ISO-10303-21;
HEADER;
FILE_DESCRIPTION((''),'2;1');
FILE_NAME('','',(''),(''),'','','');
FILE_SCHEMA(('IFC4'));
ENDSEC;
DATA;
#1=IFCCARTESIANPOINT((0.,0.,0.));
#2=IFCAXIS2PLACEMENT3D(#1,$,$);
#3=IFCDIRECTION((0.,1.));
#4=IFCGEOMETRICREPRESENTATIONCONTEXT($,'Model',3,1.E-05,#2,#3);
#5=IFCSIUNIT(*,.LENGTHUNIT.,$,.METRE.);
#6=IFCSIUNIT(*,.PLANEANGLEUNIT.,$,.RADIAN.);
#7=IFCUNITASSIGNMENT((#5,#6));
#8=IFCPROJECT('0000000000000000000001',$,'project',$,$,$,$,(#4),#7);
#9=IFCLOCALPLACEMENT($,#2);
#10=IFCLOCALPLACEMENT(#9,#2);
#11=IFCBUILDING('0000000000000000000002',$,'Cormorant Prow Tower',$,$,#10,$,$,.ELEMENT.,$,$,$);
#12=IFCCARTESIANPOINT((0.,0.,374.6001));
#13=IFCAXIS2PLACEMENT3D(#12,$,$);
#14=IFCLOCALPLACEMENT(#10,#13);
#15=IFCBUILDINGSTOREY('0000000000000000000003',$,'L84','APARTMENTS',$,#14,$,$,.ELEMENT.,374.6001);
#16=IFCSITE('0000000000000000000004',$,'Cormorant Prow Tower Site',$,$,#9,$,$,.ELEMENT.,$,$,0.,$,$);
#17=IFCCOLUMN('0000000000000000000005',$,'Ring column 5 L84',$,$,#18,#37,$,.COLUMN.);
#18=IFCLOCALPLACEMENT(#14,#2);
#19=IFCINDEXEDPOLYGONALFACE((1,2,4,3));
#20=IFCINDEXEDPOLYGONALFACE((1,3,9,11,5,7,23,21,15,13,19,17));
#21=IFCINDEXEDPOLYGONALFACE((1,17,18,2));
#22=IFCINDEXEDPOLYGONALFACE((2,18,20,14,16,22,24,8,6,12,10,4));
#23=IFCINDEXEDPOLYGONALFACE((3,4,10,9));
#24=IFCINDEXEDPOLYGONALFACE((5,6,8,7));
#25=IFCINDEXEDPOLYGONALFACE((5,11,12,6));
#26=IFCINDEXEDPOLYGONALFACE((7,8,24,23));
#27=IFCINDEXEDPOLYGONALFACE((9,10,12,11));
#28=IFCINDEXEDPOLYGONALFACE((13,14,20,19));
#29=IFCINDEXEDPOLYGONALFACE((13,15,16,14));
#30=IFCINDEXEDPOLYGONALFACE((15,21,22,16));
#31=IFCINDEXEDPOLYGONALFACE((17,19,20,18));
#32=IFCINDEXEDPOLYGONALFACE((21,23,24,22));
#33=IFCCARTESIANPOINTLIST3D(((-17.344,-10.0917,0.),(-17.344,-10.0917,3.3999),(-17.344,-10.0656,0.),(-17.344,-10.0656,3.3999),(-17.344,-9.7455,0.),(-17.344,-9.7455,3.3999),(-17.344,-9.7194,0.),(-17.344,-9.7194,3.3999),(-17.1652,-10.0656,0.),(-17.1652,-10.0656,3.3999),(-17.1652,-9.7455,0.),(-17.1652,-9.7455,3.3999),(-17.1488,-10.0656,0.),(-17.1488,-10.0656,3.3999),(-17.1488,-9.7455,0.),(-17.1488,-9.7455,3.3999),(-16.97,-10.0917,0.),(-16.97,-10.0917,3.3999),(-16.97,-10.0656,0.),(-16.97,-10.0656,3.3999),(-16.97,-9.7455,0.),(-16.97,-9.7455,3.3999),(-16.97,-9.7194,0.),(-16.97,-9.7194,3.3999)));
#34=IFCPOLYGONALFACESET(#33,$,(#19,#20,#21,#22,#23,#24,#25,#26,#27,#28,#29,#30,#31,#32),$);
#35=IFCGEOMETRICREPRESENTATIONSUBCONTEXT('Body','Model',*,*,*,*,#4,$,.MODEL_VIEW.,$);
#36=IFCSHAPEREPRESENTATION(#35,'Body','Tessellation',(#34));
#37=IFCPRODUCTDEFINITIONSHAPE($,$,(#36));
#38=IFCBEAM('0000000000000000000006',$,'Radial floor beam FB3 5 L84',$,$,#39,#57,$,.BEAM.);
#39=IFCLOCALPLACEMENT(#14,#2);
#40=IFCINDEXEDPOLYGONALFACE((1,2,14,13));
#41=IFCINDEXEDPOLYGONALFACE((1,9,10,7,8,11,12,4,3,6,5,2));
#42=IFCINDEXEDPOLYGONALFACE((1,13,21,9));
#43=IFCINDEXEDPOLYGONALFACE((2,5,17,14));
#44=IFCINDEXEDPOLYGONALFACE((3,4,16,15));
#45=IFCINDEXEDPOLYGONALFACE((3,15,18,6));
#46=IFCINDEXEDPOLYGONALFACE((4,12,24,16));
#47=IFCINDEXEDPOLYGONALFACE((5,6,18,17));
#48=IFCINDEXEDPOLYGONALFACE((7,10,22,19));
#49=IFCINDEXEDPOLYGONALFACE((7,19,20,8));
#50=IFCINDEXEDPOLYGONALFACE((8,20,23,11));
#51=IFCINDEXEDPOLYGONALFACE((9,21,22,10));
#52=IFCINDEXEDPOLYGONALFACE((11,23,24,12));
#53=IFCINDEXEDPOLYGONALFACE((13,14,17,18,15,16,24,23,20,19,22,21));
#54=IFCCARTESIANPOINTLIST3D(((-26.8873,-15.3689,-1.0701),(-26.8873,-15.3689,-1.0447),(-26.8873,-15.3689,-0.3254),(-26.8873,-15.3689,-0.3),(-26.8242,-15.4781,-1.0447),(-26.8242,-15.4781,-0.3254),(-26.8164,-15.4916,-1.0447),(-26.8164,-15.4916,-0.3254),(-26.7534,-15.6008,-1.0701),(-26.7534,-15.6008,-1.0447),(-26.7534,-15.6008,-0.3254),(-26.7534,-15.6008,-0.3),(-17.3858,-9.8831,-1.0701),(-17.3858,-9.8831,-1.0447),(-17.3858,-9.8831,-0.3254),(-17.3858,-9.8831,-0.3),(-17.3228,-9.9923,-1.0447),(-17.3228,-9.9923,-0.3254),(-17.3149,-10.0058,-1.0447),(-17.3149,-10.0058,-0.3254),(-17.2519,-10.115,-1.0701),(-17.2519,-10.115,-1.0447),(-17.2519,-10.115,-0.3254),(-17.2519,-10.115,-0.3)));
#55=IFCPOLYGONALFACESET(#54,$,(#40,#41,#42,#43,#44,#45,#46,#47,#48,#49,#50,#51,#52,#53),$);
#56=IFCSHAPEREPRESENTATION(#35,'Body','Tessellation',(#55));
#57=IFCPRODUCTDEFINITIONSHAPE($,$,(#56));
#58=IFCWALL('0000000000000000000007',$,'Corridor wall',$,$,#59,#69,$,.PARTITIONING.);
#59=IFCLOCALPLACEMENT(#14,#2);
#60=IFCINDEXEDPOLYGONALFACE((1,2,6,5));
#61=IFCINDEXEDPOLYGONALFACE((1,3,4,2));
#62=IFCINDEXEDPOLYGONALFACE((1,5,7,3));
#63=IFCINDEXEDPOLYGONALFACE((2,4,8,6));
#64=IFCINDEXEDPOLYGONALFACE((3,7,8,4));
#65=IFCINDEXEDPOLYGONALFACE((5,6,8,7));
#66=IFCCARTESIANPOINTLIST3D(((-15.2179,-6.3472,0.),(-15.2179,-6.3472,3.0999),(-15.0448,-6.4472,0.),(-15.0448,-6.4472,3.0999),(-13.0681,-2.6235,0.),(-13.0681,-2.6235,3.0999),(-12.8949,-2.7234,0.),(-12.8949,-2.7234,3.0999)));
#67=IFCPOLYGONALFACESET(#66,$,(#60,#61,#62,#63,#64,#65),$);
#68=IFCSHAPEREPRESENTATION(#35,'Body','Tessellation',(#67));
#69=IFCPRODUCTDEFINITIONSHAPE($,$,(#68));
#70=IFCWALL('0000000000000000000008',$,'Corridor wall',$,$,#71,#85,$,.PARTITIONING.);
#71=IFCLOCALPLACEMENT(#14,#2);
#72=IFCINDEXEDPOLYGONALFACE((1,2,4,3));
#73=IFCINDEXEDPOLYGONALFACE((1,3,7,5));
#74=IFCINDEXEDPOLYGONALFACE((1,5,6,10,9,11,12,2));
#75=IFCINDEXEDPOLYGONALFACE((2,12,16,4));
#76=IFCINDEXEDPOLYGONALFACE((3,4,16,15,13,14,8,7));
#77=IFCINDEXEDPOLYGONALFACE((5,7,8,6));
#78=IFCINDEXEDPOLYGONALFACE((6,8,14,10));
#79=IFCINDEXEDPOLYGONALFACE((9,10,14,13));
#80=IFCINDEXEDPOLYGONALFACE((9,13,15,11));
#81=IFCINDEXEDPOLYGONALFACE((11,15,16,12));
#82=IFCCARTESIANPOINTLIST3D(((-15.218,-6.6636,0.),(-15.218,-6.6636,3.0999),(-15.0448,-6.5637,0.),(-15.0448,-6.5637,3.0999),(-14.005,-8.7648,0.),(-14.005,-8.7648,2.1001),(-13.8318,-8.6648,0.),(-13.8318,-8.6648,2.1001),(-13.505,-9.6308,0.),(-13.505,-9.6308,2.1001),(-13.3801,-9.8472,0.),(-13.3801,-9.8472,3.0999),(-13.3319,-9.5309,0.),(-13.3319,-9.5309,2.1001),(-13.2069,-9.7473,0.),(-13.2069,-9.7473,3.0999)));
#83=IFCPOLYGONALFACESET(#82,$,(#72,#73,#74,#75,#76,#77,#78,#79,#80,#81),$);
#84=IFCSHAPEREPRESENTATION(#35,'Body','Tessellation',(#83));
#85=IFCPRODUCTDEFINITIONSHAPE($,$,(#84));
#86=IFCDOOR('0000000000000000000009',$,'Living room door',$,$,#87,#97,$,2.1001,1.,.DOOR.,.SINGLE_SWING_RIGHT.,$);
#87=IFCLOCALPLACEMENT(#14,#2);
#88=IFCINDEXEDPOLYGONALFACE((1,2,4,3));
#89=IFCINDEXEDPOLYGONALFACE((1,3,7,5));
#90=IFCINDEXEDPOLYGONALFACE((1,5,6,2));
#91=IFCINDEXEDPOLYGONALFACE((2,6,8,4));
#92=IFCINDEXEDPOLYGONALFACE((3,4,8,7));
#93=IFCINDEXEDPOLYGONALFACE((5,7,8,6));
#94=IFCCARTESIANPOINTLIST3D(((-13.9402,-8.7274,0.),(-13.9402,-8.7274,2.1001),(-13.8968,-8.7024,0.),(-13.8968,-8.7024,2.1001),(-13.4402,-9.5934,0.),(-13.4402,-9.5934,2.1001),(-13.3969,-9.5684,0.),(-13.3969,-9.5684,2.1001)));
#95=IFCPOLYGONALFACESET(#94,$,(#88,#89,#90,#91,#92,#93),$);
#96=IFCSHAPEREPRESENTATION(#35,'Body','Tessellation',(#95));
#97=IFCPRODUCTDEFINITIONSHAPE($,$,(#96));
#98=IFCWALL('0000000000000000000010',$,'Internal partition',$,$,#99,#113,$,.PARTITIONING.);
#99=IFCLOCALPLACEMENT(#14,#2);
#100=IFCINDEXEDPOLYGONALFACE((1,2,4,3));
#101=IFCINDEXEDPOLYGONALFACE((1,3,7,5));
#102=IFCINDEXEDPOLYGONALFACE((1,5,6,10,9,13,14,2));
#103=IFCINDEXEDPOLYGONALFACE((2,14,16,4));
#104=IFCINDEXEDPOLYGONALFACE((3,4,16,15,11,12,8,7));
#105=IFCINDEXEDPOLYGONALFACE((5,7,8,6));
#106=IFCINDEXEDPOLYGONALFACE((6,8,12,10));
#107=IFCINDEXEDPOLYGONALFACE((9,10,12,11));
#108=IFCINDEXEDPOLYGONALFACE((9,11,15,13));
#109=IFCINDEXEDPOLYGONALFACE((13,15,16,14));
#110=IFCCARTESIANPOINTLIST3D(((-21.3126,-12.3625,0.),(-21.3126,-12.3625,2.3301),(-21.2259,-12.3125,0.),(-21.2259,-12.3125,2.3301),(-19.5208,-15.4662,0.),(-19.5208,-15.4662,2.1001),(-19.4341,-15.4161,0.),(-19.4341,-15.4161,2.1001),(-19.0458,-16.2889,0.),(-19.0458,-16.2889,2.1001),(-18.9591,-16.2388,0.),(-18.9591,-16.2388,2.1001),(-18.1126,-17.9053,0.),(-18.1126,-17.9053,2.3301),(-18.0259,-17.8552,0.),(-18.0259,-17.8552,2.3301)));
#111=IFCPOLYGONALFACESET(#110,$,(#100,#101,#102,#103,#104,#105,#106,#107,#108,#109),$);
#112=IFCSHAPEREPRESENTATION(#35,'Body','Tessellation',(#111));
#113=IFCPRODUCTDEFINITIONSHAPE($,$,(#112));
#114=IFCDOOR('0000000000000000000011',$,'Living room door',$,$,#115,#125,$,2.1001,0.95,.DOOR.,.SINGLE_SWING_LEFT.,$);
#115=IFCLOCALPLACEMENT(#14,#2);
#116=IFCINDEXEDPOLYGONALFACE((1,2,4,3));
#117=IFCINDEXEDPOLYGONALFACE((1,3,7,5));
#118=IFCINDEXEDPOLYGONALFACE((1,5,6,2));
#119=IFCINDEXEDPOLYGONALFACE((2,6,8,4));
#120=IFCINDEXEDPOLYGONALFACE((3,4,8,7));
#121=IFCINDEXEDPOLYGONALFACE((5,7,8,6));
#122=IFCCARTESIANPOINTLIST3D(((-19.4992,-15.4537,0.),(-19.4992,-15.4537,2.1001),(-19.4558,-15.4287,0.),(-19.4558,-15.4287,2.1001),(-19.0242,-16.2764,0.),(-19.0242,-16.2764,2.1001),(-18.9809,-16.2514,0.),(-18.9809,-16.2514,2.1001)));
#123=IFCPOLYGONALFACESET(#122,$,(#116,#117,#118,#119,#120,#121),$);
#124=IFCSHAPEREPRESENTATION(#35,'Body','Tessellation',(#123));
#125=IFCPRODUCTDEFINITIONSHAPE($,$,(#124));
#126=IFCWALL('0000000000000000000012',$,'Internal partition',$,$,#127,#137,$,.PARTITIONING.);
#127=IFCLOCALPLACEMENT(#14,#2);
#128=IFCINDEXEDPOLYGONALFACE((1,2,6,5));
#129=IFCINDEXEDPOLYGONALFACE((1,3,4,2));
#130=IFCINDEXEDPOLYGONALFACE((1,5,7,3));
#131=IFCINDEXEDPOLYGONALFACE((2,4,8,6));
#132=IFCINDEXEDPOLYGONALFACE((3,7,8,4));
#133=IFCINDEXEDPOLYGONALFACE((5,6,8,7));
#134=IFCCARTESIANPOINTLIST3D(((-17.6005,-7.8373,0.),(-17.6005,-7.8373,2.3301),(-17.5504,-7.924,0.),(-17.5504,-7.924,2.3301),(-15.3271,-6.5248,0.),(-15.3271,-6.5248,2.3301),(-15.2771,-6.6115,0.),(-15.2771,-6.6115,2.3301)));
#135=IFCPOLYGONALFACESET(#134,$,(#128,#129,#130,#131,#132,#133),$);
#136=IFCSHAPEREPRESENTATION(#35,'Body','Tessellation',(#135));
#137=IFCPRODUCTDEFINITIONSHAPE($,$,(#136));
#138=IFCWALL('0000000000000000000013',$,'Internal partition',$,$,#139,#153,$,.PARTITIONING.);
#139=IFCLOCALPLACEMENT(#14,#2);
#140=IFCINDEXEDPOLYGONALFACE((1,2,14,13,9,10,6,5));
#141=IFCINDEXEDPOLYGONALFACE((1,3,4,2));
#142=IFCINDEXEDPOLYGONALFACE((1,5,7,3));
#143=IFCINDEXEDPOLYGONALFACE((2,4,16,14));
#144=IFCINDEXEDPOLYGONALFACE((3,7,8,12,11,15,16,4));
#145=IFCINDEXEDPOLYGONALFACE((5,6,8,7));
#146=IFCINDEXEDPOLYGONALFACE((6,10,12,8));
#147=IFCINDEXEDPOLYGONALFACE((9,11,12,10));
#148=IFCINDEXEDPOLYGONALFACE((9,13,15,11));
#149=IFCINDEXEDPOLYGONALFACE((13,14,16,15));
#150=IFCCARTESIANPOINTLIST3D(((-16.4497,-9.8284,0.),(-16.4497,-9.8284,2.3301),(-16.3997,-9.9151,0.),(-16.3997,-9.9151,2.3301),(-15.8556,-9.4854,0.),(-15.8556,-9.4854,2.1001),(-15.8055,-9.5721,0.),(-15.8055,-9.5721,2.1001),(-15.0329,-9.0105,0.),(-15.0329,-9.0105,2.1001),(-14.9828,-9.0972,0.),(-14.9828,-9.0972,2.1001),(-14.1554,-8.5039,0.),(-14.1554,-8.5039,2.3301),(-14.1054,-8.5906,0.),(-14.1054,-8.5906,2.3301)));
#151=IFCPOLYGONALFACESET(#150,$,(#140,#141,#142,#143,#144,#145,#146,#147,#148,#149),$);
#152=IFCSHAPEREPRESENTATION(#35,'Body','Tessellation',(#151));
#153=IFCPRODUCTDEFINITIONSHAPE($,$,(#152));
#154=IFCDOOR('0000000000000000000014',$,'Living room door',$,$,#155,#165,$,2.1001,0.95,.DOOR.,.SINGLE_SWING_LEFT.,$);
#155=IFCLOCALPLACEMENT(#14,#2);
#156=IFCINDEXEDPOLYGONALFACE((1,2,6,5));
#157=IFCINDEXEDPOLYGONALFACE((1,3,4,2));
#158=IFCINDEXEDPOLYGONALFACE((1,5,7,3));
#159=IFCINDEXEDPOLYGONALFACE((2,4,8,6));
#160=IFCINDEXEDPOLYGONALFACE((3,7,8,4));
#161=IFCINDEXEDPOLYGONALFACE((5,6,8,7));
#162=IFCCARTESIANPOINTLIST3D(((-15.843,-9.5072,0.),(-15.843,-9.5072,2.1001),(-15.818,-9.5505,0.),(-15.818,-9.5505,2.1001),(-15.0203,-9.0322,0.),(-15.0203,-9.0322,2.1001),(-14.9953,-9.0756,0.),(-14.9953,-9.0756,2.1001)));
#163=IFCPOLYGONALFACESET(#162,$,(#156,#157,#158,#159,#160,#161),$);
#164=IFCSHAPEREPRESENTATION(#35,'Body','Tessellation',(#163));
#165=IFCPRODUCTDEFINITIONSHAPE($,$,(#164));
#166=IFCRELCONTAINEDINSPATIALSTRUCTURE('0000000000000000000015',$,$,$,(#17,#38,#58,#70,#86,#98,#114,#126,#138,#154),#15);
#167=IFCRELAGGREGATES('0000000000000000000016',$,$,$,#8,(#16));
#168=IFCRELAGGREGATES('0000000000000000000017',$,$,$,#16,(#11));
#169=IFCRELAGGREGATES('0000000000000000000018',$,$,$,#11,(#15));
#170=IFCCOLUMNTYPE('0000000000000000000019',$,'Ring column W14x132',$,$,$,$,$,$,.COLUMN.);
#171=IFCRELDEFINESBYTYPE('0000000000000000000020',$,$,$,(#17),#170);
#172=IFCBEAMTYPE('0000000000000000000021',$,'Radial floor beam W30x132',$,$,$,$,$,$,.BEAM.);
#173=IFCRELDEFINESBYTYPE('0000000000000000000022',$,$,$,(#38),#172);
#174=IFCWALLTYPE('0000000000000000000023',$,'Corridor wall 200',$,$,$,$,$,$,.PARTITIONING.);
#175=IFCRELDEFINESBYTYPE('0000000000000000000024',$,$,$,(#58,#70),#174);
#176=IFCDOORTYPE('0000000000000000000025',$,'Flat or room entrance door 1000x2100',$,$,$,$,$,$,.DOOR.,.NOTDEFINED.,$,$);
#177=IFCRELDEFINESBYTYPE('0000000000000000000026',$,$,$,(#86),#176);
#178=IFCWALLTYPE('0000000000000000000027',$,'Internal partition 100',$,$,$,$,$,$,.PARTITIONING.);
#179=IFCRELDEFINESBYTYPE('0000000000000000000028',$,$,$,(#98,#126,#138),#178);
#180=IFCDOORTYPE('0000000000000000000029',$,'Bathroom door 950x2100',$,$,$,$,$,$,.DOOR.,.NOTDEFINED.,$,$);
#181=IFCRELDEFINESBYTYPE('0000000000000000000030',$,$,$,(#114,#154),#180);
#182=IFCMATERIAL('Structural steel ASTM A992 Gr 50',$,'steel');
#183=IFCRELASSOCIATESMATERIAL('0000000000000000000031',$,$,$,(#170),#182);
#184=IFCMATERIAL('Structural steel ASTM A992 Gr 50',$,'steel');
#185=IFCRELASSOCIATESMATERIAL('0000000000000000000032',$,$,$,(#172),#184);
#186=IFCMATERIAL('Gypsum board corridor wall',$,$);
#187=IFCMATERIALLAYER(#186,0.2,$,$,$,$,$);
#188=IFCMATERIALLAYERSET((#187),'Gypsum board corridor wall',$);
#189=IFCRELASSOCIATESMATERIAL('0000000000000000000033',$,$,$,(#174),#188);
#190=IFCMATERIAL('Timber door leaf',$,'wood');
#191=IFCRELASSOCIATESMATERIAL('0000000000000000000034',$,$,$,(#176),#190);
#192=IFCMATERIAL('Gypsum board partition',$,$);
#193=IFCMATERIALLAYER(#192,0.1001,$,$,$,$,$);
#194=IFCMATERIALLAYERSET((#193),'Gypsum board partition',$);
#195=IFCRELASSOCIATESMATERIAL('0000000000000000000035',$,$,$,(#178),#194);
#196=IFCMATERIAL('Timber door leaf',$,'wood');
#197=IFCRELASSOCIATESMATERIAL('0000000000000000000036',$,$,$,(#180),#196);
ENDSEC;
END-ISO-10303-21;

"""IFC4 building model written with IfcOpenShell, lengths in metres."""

from ifc_helpers import new_model, si_unit, direction, frame, frame_2d, origin, origin_2d, place, context, subcontext, project, spatial, rectangle, i_section, extrude, material, layer, layer_set, material_profile, profile_set, type_object, element, fill, save


model = new_model("IFC4")

# Units and contexts
model_context = context("Model", 3, precision=1e-05, world=origin(), true_north=direction((0.0, 1.0)))
body_context = subcontext(model_context, "Body", "Model", "MODEL_VIEW")
ifc_project = project(units=[si_unit("LENGTHUNIT", "METRE"), si_unit("PLANEANGLEUNIT", "RADIAN")], contexts=[model_context])

# Site, building, storey
site_placement = place(None, origin())
site = spatial("IfcSite", under=ifc_project, at=site_placement, Name="Cormorant Prow Tower Site", CompositionType="ELEMENT", RefElevation=0.0)
building_placement = place(site_placement, origin())
building = spatial("IfcBuilding", under=site, at=building_placement, Name="Cormorant Prow Tower", CompositionType="ELEMENT")
storey_placement = place(building_placement, frame((0.0, 0.0, 374.6001)))
storey = spatial("IfcBuildingStorey", under=building, at=storey_placement, Name="L84", Description="APARTMENTS", CompositionType="ELEMENT", Elevation=374.6001)

# Column
ifc_material_1 = material(Name="Structural steel ASTM A992 Gr 50", Category="steel")
ifc_material_profile_1 = material_profile(ifc_material_1, i_section(OverallWidth=0.374, OverallDepth=0.3723, WebThickness=0.0164, FlangeThickness=0.0261, at=origin_2d()), Name="W14x132")
ifc_profile_set_1 = profile_set([ifc_material_profile_1], Name="Structural steel ASTM A992 Gr 50")
column_type = type_object("IfcColumnType", Name="Ring column W14x132", PredefinedType="COLUMN", material=ifc_profile_set_1)
column_placement = place(storey_placement, frame((-17.157, -9.9055, 0.0), z_axis=(0.0, 0.0, 1.0), x_axis=(1.0, 0.0, 0.0)))
element("IfcColumn", 1, at=column_placement, inside=storey, type_object=column_type, Name="Ring column 5 L84", PredefinedType="COLUMN", context=body_context, shape_type="SweptSolid", body=[
    extrude(i_section(OverallWidth=0.374, OverallDepth=0.3723, WebThickness=0.0164, FlangeThickness=0.0261, at=origin_2d()), origin(), (0.0, 0.0, 1.0), 3.3999),
])

# Beam
ifc_material_2 = material(Name="Structural steel ASTM A992 Gr 50", Category="steel")
ifc_material_profile_2 = material_profile(ifc_material_2, i_section(OverallWidth=0.2678, OverallDepth=0.77, WebThickness=0.0156, FlangeThickness=0.0254, at=origin_2d()), Name="W30x132")
ifc_profile_set_2 = profile_set([ifc_material_profile_2], Name="Structural steel ASTM A992 Gr 50")
beam_type = type_object("IfcBeamType", Name="Radial floor beam W30x132", PredefinedType="BEAM", material=ifc_profile_set_2)
beam_placement = place(storey_placement, frame((-17.3188, -9.999, -0.6851), z_axis=(-0.866019, -0.500011, 0.0), x_axis=(0.500011, -0.866019, 0.0)))
element("IfcBeam", 2, at=beam_placement, inside=storey, type_object=beam_type, Name="Radial floor beam FB3 5 L84", PredefinedType="BEAM", context=body_context, shape_type="SweptSolid", body=[
    extrude(i_section(OverallWidth=0.2678, OverallDepth=0.77, WebThickness=0.0156, FlangeThickness=0.0254, at=origin_2d()), origin(), (0.0, 0.0, 1.0), 10.9714),
])

# Wall
ifc_material_3 = material(Name="Gypsum board corridor wall")
ifc_layer_1 = layer(ifc_material_3, 0.2)
ifc_layer_set_1 = layer_set([ifc_layer_1], Name="Gypsum board corridor wall")
wall_type_1 = type_object("IfcWallType", Name="Corridor wall 200", PredefinedType="PARTITIONING", material=ifc_layer_set_1)
wall_1_placement = place(storey_placement, frame((-15.1313, -6.3972, 0.0), z_axis=(0.0, 0.0, 1.0), x_axis=(0.499986, 0.866033, 0.0)))
element("IfcWall", 3, at=wall_1_placement, inside=storey, type_object=wall_type_1, Name="Corridor wall", PredefinedType="PARTITIONING", context=body_context, shape_type="SweptSolid", body=[
    extrude(rectangle(XDim=4.2998, YDim=0.2, at=frame_2d((2.1499, 0.0))), origin(), (0.0, 0.0, 1.0), 3.0999),
])

# Walls, openings, doors
wall_2_placement = place(storey_placement, frame((-15.1313, -6.6138, 0.0), z_axis=(0.0, 0.0, 1.0), x_axis=(0.499968, -0.866044, 0.0)))
wall_2 = element("IfcWall", 4, at=wall_2_placement, inside=storey, type_object=wall_type_1, Name="Corridor wall", PredefinedType="PARTITIONING", context=body_context, shape_type="SweptSolid", body=[
    extrude(rectangle(XDim=3.676, YDim=0.2, at=frame_2d((1.8379, 0.0))), origin(), (0.0, 0.0, 1.0), 3.0999),
])
opening_1_placement = place(wall_2_placement, frame((2.426, 0.0, 0.0)))
opening_1 = element("IfcOpeningElement", 5, at=opening_1_placement, cuts=wall_2, PredefinedType="OPENING", context=body_context, shape_type="SweptSolid", body=[
    extrude(rectangle(XDim=1.0, YDim=2.1001, at=frame_2d((0.5, 1.05))), frame((0.0, 0.1099, 0.0), z_axis=(0.0, -1.0, 0.0), x_axis=(1.0, 0.0, 0.0)), (0.0, 0.0, 1.0), 0.22),
])
ifc_material_4 = material(Name="Timber door leaf", Category="wood")
door_type_1 = type_object("IfcDoorType", Name="Flat or room entrance door 1000x2100", OperationType="NOTDEFINED", PredefinedType="DOOR", material=ifc_material_4)
door_1_placement = place(opening_1_placement, origin())
door_1 = element("IfcDoor", 6, at=door_1_placement, inside=storey, type_object=door_type_1, Name="Living room door", OperationType="SINGLE_SWING_RIGHT", OverallHeight=2.1001, OverallWidth=1.0, PredefinedType="DOOR", context=body_context, shape_type="SweptSolid", body=[
    extrude(rectangle(XDim=1.0, YDim=2.1001, at=frame_2d((0.5, 1.05))), frame((0.0, 0.0249, 0.0), z_axis=(0.0, -1.0, 0.0), x_axis=(1.0, 0.0, 0.0)), (0.0, 0.0, 1.0), 0.05),
])
fill(opening_1, door_1)
ifc_material_5 = material(Name="Gypsum board partition")
ifc_layer_2 = layer(ifc_material_5, 0.1001)
ifc_layer_set_2 = layer_set([ifc_layer_2], Name="Gypsum board partition")
wall_type_2 = type_object("IfcWallType", Name="Internal partition 100", PredefinedType="PARTITIONING", material=ifc_layer_set_2)
wall_3_placement = place(storey_placement, frame((-21.2693, -12.3374, 0.0), z_axis=(0.0, 0.0, 1.0), x_axis=(0.499983, -0.866035, 0.0)))
wall_3 = element("IfcWall", 7, at=wall_3_placement, inside=storey, type_object=wall_type_2, Name="Internal partition", PredefinedType="PARTITIONING", context=body_context, shape_type="SweptSolid", body=[
    extrude(rectangle(XDim=6.4001, YDim=0.1001, at=frame_2d((3.2002, 0.0))), origin(), (0.0, 0.0, 1.0), 2.3301),
])
opening_2_placement = place(wall_3_placement, frame((3.5837, 0.0, 0.0)))
opening_2 = element("IfcOpeningElement", 8, at=opening_2_placement, cuts=wall_3, PredefinedType="OPENING", context=body_context, shape_type="SweptSolid", body=[
    extrude(rectangle(XDim=0.95, YDim=2.1001, at=frame_2d((0.4751, 1.05))), frame((0.0, 0.0601, 0.0), z_axis=(0.0, -1.0, 0.0), x_axis=(1.0, 0.0, 0.0)), (0.0, 0.0, 1.0), 0.1201),
])
ifc_material_6 = material(Name="Timber door leaf", Category="wood")
door_type_2 = type_object("IfcDoorType", Name="Bathroom door 950x2100", OperationType="NOTDEFINED", PredefinedType="DOOR", material=ifc_material_6)
door_2_placement = place(opening_2_placement, origin())
door_2 = element("IfcDoor", 9, at=door_2_placement, inside=storey, type_object=door_type_2, Name="Living room door", OperationType="SINGLE_SWING_LEFT", OverallHeight=2.1001, OverallWidth=0.95, PredefinedType="DOOR", context=body_context, shape_type="SweptSolid", body=[
    extrude(rectangle(XDim=0.95, YDim=2.1001, at=frame_2d((0.4751, 1.05))), frame((0.0, 0.0249, 0.0), z_axis=(0.0, -1.0, 0.0), x_axis=(1.0, 0.0, 0.0)), (0.0, 0.0, 1.0), 0.05),
])
fill(opening_2, door_2)

# Wall
wall_4_placement = place(storey_placement, frame((-17.5754, -7.8806, 0.0), z_axis=(0.0, 0.0, 1.0), x_axis=(0.866037, 0.49998, 0.0)))
element("IfcWall", 10, at=wall_4_placement, inside=storey, type_object=wall_type_2, Name="Internal partition", PredefinedType="PARTITIONING", context=body_context, shape_type="SweptSolid", body=[
    extrude(rectangle(XDim=2.625, YDim=0.1001, at=frame_2d((1.3125, 0.0))), origin(), (0.0, 0.0, 1.0), 2.3301),
])

# Wall, opening, door
wall_5_placement = place(storey_placement, frame((-16.4248, -9.8718, 0.0), z_axis=(0.0, 0.0, 1.0), x_axis=(0.86604, 0.499975, 0.0)))
wall_5 = element("IfcWall", 11, at=wall_5_placement, inside=storey, type_object=wall_type_2, Name="Internal partition", PredefinedType="PARTITIONING", context=body_context, shape_type="SweptSolid", body=[
    extrude(rectangle(XDim=2.6492, YDim=0.1001, at=frame_2d((1.3247, 0.0))), origin(), (0.0, 0.0, 1.0), 2.3301),
])
opening_3_placement = place(wall_5_placement, frame((0.686, 0.0, 0.0)))
opening_3 = element("IfcOpeningElement", 12, at=opening_3_placement, cuts=wall_5, PredefinedType="OPENING", context=body_context, shape_type="SweptSolid", body=[
    extrude(rectangle(XDim=0.95, YDim=2.1001, at=frame_2d((0.4751, 1.05))), frame((0.0, 0.0601, 0.0), z_axis=(0.0, -1.0, 0.0), x_axis=(1.0, 0.0, 0.0)), (0.0, 0.0, 1.0), 0.1201),
])
door_3_placement = place(opening_3_placement, origin())
door_3 = element("IfcDoor", 13, at=door_3_placement, inside=storey, type_object=door_type_2, Name="Living room door", OperationType="SINGLE_SWING_LEFT", OverallHeight=2.1001, OverallWidth=0.95, PredefinedType="DOOR", context=body_context, shape_type="SweptSolid", body=[
    extrude(rectangle(XDim=0.95, YDim=2.1001, at=frame_2d((0.4751, 1.05))), frame((0.0, 0.0249, 0.0), z_axis=(0.0, -1.0, 0.0), x_axis=(1.0, 0.0, 0.0)), (0.0, 0.0, 1.0), 0.05),
])
fill(opening_3, door_3)

save(model, "model.ifc")
